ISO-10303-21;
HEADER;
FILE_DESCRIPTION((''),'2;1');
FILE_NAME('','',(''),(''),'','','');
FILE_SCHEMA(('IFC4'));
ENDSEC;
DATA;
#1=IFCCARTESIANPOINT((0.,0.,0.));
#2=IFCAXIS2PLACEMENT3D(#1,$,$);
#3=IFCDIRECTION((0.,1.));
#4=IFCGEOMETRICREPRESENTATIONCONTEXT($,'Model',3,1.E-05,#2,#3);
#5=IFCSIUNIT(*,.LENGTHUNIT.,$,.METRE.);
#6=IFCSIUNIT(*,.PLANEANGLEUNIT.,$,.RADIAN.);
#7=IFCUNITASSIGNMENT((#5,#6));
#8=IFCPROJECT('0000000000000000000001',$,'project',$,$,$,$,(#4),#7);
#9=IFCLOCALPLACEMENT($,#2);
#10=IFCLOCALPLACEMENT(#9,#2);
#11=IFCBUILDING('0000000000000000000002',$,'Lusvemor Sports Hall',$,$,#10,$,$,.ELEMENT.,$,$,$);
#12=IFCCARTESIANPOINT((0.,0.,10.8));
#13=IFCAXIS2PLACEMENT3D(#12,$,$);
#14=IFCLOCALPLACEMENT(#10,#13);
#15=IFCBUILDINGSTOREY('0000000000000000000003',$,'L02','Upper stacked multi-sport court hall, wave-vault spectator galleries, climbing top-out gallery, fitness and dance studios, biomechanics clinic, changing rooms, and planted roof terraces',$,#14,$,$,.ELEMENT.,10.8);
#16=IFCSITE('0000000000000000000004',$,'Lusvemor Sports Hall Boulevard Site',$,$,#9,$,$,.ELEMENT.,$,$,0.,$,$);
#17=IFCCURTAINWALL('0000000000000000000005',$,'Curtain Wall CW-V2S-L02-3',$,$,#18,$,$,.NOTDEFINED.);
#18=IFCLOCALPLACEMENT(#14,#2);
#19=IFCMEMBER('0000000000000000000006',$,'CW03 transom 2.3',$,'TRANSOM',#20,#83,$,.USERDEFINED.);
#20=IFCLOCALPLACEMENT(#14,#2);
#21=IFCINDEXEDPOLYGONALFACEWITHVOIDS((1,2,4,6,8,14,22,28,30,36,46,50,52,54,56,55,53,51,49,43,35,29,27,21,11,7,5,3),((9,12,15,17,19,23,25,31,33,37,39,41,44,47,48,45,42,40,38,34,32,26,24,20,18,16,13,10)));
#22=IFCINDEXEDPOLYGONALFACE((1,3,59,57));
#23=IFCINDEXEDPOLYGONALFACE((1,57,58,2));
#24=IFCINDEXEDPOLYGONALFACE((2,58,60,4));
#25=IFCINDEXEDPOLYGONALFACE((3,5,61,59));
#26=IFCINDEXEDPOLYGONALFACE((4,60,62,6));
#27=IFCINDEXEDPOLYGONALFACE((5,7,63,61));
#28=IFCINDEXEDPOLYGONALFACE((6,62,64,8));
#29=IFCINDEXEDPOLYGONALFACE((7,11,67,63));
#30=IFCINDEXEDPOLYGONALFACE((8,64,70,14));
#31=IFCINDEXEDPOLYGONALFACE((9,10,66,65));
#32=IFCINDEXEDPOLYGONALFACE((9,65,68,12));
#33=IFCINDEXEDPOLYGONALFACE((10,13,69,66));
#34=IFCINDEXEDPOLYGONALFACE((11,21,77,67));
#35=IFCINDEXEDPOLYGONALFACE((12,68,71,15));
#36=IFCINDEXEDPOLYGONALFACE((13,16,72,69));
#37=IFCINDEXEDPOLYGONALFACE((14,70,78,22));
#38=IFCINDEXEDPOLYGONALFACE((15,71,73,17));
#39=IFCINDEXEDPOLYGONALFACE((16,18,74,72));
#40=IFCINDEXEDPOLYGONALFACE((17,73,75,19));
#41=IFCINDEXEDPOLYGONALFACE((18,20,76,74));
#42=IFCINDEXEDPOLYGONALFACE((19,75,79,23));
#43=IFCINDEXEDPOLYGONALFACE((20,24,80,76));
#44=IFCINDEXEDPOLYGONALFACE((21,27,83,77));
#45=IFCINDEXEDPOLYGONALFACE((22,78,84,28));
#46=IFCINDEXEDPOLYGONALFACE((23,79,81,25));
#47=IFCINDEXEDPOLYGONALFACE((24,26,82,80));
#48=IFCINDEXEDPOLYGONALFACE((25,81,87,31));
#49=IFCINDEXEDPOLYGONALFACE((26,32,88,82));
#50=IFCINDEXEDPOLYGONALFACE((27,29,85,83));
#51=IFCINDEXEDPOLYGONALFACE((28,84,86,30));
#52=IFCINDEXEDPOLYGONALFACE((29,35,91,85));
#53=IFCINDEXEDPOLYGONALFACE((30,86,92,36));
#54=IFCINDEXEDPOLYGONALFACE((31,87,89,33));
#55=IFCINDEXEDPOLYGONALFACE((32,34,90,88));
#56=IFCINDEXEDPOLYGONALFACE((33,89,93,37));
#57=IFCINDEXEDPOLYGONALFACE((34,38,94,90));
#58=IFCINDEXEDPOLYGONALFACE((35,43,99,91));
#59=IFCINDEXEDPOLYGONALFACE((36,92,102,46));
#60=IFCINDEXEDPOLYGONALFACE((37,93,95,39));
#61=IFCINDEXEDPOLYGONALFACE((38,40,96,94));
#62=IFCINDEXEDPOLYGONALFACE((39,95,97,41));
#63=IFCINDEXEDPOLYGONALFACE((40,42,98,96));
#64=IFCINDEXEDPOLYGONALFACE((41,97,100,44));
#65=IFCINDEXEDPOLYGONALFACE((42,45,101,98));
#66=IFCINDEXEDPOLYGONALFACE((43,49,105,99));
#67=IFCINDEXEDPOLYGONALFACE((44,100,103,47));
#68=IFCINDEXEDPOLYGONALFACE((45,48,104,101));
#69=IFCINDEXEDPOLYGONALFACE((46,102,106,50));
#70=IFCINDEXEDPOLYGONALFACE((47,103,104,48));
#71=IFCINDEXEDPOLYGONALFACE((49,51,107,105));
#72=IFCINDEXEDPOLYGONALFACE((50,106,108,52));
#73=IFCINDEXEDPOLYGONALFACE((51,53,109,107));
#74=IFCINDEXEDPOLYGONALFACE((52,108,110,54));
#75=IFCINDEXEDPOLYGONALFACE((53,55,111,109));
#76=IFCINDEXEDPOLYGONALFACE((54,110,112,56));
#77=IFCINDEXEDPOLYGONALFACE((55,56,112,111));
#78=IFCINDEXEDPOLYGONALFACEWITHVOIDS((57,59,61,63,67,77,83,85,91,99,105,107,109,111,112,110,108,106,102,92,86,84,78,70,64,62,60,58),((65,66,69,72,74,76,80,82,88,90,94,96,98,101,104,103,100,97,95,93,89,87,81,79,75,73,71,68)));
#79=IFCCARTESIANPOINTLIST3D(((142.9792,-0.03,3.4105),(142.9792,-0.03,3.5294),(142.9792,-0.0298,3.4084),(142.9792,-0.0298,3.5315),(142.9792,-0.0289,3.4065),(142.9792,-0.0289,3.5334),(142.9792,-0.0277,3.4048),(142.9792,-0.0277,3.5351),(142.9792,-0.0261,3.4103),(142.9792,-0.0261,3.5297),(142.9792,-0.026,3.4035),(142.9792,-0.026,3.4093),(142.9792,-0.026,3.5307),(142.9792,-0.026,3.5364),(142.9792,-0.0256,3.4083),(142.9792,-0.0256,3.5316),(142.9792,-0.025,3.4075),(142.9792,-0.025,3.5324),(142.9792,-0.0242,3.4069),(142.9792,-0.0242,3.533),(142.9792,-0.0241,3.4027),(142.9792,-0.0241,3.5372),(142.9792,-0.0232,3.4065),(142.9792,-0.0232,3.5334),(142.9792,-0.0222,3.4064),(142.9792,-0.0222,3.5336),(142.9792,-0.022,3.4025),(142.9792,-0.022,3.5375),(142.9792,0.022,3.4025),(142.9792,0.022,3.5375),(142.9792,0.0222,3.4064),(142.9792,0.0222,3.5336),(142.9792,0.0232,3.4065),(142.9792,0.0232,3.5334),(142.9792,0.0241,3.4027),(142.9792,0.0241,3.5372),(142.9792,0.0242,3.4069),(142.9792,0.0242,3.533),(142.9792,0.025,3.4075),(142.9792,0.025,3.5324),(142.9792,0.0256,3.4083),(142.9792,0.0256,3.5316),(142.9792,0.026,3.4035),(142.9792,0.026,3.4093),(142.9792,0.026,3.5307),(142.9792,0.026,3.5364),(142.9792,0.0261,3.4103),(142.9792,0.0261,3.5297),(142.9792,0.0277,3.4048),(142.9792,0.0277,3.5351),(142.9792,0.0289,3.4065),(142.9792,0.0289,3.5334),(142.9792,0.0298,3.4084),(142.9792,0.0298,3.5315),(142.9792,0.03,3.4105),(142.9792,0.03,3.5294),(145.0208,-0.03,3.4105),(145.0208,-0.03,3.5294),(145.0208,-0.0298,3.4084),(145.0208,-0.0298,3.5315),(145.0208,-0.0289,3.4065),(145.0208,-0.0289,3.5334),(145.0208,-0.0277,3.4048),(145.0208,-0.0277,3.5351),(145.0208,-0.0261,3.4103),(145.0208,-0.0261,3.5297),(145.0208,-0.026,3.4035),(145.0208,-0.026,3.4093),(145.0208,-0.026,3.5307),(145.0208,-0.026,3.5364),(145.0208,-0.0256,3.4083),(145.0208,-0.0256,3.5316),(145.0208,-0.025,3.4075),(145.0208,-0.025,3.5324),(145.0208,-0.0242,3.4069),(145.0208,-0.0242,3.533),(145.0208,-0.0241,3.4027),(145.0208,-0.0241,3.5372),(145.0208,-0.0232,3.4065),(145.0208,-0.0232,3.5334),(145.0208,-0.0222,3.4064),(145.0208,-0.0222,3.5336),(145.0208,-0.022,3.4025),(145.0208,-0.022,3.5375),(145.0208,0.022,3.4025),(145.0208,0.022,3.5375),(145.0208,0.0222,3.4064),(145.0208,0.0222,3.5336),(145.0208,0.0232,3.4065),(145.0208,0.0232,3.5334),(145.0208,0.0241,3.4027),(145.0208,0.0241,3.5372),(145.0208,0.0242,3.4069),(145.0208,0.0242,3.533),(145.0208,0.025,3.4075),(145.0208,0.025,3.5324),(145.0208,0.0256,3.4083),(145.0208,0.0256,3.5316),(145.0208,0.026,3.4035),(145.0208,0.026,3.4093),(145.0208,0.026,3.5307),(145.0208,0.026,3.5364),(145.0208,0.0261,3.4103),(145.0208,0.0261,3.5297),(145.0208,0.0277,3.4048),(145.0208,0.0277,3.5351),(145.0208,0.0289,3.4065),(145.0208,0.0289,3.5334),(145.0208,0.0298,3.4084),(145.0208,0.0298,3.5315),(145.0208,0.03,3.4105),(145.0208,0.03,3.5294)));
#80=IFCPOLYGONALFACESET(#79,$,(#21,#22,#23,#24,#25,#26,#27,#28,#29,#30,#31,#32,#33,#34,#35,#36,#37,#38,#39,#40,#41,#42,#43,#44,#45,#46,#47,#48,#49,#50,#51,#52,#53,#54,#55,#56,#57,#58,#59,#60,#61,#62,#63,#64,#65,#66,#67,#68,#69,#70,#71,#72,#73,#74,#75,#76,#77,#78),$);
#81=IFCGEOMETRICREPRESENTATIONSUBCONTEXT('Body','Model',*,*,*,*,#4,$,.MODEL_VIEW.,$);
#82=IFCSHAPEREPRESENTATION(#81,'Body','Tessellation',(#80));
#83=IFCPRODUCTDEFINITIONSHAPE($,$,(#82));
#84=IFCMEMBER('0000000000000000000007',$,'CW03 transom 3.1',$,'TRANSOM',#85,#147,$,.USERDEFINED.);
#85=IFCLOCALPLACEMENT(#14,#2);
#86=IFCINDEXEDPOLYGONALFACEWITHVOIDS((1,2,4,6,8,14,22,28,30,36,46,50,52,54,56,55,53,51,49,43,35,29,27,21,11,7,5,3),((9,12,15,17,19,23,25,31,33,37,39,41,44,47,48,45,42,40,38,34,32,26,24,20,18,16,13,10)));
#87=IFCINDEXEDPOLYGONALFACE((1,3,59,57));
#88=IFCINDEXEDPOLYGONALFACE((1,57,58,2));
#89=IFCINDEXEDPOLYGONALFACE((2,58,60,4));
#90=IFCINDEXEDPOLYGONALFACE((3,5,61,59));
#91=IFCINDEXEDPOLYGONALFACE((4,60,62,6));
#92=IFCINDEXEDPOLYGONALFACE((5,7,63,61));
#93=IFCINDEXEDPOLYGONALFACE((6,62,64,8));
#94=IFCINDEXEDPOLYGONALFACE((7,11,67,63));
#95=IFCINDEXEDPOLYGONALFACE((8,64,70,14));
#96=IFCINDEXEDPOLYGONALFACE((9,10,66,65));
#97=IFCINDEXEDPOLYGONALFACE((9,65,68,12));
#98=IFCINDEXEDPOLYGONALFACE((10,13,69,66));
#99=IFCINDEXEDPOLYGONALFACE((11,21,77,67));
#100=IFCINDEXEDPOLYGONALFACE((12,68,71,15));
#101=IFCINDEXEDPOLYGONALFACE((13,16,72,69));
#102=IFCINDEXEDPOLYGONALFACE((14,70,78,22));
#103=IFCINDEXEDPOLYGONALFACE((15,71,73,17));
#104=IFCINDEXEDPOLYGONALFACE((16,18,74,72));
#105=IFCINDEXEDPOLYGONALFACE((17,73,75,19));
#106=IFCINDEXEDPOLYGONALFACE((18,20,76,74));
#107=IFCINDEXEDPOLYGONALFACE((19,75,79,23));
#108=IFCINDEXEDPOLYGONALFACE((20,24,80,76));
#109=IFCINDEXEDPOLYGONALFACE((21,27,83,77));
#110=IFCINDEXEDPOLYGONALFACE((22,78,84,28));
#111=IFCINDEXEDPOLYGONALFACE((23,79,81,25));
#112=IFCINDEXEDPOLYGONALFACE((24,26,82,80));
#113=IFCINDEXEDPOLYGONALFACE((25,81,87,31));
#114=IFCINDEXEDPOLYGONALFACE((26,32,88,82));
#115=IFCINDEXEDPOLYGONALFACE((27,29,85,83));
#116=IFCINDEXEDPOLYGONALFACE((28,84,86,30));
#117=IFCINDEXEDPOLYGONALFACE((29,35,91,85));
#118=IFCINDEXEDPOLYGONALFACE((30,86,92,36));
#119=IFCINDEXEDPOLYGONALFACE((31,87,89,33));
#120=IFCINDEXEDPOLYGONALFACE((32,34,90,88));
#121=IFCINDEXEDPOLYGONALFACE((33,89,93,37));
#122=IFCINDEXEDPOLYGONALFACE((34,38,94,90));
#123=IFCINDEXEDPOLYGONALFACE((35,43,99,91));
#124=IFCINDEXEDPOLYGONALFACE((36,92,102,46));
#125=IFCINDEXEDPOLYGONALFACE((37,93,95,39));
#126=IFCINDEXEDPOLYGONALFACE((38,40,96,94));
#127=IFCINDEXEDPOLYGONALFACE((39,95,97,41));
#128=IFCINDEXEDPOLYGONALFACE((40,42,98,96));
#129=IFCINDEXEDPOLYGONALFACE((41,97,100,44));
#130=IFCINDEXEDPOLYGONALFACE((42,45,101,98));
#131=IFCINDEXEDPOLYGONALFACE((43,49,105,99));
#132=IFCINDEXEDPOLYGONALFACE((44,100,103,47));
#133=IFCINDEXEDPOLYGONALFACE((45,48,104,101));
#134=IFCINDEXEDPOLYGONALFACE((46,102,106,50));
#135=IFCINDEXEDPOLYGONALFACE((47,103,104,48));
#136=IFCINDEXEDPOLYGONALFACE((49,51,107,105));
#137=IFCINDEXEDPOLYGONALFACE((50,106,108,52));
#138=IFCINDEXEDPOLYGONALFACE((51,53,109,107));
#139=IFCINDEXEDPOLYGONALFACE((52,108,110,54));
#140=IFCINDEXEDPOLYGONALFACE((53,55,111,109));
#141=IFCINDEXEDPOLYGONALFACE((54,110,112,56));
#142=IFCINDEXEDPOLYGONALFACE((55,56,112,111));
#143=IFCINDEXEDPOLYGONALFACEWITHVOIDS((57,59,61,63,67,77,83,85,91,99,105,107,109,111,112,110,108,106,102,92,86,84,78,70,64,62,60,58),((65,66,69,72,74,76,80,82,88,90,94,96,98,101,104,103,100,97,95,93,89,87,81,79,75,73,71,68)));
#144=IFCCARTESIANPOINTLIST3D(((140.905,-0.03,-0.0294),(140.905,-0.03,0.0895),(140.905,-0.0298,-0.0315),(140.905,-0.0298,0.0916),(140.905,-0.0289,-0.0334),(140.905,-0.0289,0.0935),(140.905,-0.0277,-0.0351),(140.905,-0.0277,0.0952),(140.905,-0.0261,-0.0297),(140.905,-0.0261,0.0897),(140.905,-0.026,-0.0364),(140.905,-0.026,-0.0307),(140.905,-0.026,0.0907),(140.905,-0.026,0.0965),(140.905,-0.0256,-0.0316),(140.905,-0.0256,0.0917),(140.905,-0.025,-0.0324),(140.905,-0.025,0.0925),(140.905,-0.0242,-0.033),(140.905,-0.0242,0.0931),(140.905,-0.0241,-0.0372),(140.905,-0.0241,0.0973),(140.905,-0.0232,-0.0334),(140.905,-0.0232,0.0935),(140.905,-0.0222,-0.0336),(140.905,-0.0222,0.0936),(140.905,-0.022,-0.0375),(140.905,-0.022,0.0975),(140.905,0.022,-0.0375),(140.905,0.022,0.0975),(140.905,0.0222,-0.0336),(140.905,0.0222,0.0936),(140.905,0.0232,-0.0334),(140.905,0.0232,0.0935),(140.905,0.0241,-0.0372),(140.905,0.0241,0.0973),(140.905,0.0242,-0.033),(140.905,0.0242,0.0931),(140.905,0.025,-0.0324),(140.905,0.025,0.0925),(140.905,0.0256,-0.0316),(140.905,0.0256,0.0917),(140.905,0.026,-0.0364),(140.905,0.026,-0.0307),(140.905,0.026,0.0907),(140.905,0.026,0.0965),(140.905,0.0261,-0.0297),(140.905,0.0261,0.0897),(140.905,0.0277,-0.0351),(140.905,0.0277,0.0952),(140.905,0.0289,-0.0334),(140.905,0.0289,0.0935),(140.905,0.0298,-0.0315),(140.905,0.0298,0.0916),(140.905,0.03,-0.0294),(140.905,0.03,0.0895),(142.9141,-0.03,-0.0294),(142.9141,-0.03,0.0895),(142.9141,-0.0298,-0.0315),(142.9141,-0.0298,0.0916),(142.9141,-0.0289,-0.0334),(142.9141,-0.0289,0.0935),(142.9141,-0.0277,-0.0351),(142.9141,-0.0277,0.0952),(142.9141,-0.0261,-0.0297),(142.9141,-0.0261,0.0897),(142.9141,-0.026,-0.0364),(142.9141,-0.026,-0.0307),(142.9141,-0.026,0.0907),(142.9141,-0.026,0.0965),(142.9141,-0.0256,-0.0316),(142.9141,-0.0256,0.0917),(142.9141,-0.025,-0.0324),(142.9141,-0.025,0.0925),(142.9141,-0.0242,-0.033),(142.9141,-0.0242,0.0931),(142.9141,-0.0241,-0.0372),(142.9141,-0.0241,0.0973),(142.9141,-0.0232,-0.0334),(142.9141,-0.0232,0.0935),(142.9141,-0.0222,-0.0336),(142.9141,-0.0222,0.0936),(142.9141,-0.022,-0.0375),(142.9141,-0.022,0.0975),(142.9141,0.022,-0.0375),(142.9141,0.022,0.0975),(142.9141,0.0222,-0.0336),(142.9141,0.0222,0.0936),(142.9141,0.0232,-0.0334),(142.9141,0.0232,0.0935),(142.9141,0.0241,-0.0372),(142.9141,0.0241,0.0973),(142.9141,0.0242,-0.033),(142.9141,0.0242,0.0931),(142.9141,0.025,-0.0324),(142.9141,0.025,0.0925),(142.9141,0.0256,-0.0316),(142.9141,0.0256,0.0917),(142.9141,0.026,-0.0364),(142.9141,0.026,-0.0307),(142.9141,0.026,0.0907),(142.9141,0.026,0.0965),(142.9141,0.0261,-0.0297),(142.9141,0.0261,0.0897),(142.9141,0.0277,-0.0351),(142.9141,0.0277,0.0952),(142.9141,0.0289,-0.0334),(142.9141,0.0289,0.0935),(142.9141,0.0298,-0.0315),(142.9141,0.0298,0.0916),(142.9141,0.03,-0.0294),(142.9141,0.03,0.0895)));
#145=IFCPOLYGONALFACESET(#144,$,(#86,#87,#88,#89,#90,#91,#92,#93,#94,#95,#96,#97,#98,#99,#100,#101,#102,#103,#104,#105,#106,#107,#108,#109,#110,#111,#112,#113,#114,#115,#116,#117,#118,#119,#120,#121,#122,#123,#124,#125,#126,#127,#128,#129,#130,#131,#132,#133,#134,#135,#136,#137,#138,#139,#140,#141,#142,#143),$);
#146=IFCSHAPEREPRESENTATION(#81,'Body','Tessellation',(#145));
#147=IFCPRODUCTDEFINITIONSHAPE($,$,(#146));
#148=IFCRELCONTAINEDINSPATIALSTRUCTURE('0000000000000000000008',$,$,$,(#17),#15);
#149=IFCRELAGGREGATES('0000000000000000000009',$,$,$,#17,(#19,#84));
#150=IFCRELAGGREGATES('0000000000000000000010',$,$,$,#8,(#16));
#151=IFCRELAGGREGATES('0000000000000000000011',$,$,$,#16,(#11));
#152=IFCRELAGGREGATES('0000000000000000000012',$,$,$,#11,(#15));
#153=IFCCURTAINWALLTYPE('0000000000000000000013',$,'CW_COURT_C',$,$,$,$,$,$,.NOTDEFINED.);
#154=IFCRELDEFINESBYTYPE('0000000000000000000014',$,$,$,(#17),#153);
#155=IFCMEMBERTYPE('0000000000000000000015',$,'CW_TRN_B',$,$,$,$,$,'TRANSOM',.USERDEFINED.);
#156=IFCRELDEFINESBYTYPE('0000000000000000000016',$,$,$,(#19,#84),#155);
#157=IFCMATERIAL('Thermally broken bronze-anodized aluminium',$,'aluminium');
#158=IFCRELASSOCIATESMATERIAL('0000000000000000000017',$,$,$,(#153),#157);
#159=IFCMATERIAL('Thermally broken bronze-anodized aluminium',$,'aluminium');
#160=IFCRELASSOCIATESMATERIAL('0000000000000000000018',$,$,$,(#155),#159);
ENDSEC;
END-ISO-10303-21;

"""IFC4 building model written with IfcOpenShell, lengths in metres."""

from ifc_helpers import new_model, si_unit, direction, frame, origin, origin_2d, place, context, subcontext, project, spatial, hollow_rectangle, extrude, material, material_profile, profile_set, type_object, element, aggregate, save


model = new_model("IFC4")

# Units and contexts
model_context = context("Model", 3, precision=1e-05, world=origin(), true_north=direction((0.0, 1.0)))
body_context = subcontext(model_context, "Body", "Model", "MODEL_VIEW")
ifc_project = project(units=[si_unit("LENGTHUNIT", "METRE"), si_unit("PLANEANGLEUNIT", "RADIAN")], contexts=[model_context])

# Site, building, storey
site_placement = place(None, origin())
site = spatial("IfcSite", under=ifc_project, at=site_placement, Name="Lusvemor Sports Hall Boulevard Site", CompositionType="ELEMENT", RefElevation=0.0)
building_placement = place(site_placement, origin())
building = spatial("IfcBuilding", under=site, at=building_placement, Name="Lusvemor Sports Hall", CompositionType="ELEMENT")
storey_placement = place(building_placement, frame((0.0, 0.0, 10.8)))
storey = spatial("IfcBuildingStorey", under=building, at=storey_placement, Name="L02", Description="Upper stacked multi-sport court hall, wave-vault spectator galleries, climbing top-out gallery, fitness and dance studios, biomechanics clinic, changing rooms, and planted roof terraces", CompositionType="ELEMENT", Elevation=10.8)

# Curtain wall, members
ifc_material_1 = material(Name="Thermally broken bronze-anodized aluminium", Category="aluminium")
curtain_wall_type = type_object("IfcCurtainWallType", Name="CW_COURT_C", PredefinedType="NOTDEFINED", material=ifc_material_1)
curtain_wall_placement = place(storey_placement, origin())
curtain_wall = element("IfcCurtainWall", 1, at=curtain_wall_placement, inside=storey, type_object=curtain_wall_type, Name="Curtain Wall CW-V2S-L02-3", PredefinedType="NOTDEFINED")
ifc_material_2 = material(Name="Thermally broken bronze-anodized aluminium", Category="aluminium")
ifc_material_profile_1 = material_profile(ifc_material_2, hollow_rectangle(XDim=0.0601, YDim=0.135, WallThickness=0.0039, InnerFilletRadius=0.0039, OuterFilletRadius=0.0081, at=origin_2d()), Name="CWTRN135x60x4")
ifc_profile_set_1 = profile_set([ifc_material_profile_1], Name="Thermally broken bronze-anodized aluminium")
member_type_1 = type_object("IfcMemberType", Name="CW_TRN_B", ElementType="TRANSOM", PredefinedType="USERDEFINED", material=ifc_profile_set_1)
member_1_placement = place(storey_placement, frame((145.0208, 0.0, 3.47), z_axis=(-1.0, 0.0, 0.0), x_axis=(0.0, -1.0, 0.0)))
member_1 = element("IfcMember", 2, at=member_1_placement, type_object=member_type_1, Name="CW03 transom 2.3", ObjectType="TRANSOM", PredefinedType="USERDEFINED", context=body_context, shape_type="SweptSolid", body=[
    extrude(hollow_rectangle(XDim=0.0601, YDim=0.135, WallThickness=0.0039, InnerFilletRadius=0.0039, OuterFilletRadius=0.0081, at=origin_2d()), origin(), (0.0, 0.0, 1.0), 2.0415),
])
member_2_placement = place(storey_placement, frame((142.9141, 0.0, 0.03), z_axis=(-1.0, 0.0, 0.0), x_axis=(0.0, -1.0, 0.0)))
member_2 = element("IfcMember", 3, at=member_2_placement, type_object=member_type_1, Name="CW03 transom 3.1", ObjectType="TRANSOM", PredefinedType="USERDEFINED", context=body_context, shape_type="SweptSolid", body=[
    extrude(hollow_rectangle(XDim=0.0601, YDim=0.135, WallThickness=0.0039, InnerFilletRadius=0.0039, OuterFilletRadius=0.0081, at=origin_2d()), origin(), (0.0, 0.0, 1.0), 2.009),
])

aggregate(curtain_wall, [member_1, member_2])

save(model, "model.ifc")
